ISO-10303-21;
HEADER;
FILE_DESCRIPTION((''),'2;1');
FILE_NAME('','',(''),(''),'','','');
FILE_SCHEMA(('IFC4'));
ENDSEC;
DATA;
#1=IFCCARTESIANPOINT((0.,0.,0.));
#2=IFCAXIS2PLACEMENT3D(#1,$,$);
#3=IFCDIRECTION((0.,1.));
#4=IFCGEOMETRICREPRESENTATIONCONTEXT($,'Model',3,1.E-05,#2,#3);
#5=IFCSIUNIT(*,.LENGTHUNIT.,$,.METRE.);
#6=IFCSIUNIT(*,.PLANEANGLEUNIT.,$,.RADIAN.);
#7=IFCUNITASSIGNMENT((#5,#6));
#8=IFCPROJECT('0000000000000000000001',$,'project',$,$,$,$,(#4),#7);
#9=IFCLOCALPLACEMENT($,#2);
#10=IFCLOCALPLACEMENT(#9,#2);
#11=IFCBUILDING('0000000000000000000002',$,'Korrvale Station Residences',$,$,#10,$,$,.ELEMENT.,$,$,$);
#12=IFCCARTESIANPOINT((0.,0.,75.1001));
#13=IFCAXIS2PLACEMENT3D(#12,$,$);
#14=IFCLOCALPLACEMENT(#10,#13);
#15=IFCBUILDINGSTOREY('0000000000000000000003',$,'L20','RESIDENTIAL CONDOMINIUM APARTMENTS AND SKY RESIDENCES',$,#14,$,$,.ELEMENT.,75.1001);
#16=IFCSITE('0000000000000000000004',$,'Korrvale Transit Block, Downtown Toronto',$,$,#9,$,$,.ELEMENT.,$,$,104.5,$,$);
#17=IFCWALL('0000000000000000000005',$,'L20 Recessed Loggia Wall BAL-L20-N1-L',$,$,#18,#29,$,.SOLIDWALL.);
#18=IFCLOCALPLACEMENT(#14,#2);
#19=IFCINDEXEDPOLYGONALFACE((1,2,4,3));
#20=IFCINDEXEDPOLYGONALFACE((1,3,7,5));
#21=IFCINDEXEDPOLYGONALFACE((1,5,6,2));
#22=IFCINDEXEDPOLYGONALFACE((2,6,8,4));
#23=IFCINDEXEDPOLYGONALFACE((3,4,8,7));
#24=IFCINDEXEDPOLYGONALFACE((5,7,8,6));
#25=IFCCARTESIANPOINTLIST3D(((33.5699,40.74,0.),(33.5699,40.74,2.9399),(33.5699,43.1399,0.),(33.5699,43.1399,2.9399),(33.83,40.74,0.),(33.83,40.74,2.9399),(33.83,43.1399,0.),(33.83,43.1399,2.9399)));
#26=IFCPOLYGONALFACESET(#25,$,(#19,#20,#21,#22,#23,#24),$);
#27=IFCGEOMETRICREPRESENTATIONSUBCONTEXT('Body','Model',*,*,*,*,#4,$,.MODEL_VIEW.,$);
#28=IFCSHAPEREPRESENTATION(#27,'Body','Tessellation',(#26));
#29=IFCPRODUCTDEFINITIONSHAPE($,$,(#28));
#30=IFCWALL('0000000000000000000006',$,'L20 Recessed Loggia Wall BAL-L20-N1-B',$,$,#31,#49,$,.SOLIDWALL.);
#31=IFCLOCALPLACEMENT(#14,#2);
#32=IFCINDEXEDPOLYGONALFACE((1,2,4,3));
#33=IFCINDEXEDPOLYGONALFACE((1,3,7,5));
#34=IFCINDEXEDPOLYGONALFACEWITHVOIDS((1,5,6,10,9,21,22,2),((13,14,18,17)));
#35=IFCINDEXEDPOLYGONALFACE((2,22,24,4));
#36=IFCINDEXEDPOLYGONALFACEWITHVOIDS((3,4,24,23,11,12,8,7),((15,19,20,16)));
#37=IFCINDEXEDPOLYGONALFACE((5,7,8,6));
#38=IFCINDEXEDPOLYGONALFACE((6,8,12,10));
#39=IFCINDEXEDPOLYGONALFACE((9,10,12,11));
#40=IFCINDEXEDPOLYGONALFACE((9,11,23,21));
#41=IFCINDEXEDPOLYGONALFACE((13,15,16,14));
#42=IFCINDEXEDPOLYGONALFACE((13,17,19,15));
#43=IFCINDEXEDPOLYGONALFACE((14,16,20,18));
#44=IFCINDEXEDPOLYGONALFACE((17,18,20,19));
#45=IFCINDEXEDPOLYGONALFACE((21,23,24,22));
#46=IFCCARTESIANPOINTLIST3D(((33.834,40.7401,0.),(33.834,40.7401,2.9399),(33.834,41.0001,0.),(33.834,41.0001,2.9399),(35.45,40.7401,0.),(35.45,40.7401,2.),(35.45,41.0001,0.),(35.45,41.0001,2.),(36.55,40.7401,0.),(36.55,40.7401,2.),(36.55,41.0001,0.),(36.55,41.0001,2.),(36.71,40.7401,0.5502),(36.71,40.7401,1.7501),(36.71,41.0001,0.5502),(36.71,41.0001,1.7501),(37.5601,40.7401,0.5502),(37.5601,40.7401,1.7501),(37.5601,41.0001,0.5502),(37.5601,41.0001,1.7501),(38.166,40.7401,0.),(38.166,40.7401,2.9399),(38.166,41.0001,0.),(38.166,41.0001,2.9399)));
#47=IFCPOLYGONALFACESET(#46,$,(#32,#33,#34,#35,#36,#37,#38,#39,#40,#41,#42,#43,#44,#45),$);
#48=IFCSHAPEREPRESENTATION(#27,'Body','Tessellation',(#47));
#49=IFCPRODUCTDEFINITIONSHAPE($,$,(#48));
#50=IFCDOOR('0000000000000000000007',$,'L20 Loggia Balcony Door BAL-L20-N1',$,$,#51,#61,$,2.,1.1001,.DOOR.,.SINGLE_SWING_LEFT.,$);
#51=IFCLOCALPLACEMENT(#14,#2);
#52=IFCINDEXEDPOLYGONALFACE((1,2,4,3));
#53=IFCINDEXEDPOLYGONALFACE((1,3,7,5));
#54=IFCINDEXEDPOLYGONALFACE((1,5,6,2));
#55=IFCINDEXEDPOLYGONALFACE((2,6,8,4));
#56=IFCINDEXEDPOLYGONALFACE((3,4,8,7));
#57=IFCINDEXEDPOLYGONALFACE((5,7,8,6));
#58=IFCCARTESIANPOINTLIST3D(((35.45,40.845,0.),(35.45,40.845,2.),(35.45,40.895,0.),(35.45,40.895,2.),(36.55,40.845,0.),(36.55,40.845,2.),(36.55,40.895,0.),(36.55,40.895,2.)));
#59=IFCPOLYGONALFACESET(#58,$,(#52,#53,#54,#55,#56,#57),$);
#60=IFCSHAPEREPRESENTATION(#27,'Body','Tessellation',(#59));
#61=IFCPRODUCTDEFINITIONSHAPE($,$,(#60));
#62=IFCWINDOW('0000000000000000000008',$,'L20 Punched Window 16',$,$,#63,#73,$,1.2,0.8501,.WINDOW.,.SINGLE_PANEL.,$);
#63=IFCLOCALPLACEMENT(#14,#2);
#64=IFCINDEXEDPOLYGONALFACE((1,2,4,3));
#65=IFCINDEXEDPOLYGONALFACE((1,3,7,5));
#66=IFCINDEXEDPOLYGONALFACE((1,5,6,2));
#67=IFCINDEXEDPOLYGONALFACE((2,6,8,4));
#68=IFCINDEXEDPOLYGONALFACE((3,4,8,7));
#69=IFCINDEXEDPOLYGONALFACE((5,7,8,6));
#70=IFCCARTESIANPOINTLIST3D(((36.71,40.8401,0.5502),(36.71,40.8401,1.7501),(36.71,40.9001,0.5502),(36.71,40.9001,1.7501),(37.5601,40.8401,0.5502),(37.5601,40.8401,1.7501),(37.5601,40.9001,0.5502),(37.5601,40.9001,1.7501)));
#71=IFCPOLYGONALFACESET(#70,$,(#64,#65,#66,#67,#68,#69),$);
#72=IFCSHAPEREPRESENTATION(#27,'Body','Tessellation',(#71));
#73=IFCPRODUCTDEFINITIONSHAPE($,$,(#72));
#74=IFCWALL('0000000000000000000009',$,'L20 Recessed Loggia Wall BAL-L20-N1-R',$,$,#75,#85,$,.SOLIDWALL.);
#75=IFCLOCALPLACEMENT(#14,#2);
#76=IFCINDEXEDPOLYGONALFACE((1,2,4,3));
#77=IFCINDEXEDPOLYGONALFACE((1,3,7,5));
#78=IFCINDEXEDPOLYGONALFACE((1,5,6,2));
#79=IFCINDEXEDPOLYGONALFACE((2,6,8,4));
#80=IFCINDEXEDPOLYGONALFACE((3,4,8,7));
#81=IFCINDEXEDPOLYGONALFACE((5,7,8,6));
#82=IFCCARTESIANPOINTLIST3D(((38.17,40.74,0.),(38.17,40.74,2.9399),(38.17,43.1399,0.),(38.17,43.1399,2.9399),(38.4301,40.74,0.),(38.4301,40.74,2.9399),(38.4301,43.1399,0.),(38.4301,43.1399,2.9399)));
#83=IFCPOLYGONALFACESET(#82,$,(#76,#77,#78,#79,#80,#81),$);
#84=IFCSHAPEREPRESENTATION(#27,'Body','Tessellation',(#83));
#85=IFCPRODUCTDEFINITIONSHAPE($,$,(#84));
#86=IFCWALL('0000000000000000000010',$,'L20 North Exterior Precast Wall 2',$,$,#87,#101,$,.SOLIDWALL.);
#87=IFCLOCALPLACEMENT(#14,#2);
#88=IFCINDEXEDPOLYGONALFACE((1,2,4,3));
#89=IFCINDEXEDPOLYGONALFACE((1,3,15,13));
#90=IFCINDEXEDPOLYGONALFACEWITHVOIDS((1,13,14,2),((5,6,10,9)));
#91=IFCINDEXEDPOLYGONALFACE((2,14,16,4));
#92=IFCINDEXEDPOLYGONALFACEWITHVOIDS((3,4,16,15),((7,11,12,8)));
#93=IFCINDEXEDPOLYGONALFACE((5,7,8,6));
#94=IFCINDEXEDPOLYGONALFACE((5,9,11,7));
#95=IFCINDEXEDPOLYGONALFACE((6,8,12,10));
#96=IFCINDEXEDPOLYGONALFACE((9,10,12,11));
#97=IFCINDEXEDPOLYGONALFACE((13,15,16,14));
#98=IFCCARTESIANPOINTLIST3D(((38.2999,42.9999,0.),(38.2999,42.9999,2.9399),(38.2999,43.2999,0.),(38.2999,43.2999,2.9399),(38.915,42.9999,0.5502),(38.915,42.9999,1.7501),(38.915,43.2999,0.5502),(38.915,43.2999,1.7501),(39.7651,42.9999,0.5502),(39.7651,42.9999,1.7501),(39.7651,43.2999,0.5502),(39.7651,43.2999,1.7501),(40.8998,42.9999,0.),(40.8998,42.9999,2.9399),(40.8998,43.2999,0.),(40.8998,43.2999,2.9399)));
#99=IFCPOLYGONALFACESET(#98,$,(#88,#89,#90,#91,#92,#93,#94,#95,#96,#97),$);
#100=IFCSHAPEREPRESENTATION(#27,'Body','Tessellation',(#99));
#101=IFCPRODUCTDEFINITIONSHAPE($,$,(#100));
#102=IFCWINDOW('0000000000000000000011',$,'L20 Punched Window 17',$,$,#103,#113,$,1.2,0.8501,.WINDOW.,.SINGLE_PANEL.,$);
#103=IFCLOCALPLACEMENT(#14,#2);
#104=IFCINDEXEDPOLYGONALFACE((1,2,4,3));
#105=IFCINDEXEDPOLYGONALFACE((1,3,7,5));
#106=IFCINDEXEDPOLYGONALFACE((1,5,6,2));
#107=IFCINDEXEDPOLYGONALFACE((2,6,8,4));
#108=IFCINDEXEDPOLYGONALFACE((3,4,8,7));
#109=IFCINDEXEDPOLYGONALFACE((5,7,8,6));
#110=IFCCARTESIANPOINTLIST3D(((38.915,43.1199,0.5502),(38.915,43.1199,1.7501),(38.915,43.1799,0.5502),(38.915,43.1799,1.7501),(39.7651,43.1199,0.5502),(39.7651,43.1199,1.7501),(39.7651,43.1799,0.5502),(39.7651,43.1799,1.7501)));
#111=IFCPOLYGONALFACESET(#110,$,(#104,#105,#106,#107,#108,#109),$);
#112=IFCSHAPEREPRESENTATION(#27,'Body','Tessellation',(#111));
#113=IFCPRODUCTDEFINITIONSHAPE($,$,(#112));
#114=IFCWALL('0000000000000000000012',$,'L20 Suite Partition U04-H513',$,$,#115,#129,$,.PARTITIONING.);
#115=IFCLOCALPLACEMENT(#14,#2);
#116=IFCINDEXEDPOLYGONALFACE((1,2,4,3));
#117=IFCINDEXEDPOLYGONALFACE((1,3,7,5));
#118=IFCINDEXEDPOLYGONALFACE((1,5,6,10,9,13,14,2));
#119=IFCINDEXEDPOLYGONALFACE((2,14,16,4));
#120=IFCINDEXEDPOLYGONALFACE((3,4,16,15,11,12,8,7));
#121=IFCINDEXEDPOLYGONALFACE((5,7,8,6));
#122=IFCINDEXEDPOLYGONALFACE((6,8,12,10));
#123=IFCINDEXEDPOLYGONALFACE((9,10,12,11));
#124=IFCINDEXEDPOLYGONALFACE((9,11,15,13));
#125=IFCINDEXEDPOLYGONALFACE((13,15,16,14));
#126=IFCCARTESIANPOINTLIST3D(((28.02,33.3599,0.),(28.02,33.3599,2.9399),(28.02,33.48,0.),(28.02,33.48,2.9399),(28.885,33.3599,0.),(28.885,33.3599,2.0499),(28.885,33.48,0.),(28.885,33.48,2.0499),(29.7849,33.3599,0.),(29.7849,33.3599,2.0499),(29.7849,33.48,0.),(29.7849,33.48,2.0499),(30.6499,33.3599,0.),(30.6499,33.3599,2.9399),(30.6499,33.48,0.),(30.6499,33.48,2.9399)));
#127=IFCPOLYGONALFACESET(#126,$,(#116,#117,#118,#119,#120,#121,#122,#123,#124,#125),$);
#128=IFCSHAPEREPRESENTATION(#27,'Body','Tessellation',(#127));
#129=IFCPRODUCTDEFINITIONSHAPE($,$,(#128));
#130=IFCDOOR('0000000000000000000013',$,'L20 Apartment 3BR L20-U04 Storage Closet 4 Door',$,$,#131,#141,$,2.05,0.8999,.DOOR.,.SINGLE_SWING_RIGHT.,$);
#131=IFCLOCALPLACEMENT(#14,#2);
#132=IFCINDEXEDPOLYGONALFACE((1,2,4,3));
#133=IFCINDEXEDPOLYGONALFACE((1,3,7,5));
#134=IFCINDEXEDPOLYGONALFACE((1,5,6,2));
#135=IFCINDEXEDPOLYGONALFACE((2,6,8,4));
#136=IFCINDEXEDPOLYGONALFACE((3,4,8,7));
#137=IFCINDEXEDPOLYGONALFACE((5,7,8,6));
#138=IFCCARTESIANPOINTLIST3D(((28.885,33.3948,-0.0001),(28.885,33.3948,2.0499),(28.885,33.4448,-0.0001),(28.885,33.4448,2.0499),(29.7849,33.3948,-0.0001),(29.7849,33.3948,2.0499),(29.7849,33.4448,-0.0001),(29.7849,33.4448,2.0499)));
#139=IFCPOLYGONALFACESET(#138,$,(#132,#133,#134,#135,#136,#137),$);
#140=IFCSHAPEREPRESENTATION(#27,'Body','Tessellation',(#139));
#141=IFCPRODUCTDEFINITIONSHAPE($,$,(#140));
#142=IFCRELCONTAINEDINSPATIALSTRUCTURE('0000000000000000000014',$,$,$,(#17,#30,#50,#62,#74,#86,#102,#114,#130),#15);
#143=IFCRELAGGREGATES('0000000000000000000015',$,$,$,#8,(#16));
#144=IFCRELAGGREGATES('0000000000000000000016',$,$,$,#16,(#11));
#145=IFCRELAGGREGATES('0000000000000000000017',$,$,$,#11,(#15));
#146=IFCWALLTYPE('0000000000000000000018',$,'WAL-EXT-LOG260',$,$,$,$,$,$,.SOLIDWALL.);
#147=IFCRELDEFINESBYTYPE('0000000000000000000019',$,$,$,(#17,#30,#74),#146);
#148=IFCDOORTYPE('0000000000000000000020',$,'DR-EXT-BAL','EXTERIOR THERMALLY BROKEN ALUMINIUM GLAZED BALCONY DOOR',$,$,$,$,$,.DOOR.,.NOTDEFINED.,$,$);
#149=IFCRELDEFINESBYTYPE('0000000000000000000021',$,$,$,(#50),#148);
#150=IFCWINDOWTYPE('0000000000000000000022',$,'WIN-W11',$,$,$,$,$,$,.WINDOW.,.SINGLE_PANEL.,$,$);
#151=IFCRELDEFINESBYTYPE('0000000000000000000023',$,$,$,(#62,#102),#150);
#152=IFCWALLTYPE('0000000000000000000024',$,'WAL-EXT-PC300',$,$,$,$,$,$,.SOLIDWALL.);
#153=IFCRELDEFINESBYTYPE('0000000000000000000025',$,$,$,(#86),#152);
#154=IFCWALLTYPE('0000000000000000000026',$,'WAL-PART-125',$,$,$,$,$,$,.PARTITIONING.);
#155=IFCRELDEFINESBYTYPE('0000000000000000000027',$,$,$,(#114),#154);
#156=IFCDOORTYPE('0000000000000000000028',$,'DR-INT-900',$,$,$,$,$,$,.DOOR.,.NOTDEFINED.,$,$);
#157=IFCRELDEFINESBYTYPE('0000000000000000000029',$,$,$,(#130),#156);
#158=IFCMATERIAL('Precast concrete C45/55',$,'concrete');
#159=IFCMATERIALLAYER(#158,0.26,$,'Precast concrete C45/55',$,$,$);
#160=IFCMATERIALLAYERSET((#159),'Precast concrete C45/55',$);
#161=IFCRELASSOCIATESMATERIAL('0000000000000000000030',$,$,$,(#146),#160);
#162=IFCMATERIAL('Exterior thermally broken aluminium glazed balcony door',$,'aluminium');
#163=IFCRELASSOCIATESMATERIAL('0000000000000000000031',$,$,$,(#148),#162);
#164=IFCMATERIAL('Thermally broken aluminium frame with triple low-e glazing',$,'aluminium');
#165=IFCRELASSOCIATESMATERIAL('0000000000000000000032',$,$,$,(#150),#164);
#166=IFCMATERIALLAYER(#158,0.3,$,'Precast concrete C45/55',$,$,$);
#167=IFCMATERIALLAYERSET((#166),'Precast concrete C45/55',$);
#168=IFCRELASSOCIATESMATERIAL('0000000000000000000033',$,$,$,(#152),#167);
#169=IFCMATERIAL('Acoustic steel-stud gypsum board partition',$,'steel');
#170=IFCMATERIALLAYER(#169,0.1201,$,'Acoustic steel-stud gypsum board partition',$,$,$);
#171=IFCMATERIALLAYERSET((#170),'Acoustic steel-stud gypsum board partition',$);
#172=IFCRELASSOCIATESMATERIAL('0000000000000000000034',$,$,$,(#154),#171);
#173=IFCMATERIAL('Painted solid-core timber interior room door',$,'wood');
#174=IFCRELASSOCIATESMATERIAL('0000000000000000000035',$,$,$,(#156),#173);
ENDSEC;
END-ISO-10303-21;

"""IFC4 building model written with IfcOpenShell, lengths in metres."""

from ifc_helpers import new_model, si_unit, direction, frame, frame_2d, origin, place, context, subcontext, project, spatial, rectangle, extrude, material, layer, layer_set, type_object, element, fill, save


model = new_model("IFC4")

# Units and contexts
model_context = context("Model", 3, precision=1e-05, world=origin(), true_north=direction((0.0, 1.0)))
body_context = subcontext(model_context, "Body", "Model", "MODEL_VIEW")
ifc_project = project(units=[si_unit("LENGTHUNIT", "METRE"), si_unit("PLANEANGLEUNIT", "RADIAN")], contexts=[model_context])

# Site, building, storey
site_placement = place(None, origin())
site = spatial("IfcSite", under=ifc_project, at=site_placement, Name="Korrvale Transit Block, Downtown Toronto", CompositionType="ELEMENT", RefElevation=104.5)
building_placement = place(site_placement, origin())
building = spatial("IfcBuilding", under=site, at=building_placement, Name="Korrvale Station Residences", CompositionType="ELEMENT")
storey_placement = place(building_placement, frame((0.0, 0.0, 75.1001)))
storey = spatial("IfcBuildingStorey", under=building, at=storey_placement, Name="L20", Description="RESIDENTIAL CONDOMINIUM APARTMENTS AND SKY RESIDENCES", CompositionType="ELEMENT", Elevation=75.1001)

# Wall
ifc_material_1 = material(Name="Precast concrete C45/55", Category="concrete")
ifc_layer_1 = layer(ifc_material_1, 0.26, Name="Precast concrete C45/55")
ifc_layer_set_1 = layer_set([ifc_layer_1], Name="Precast concrete C45/55")
wall_type_1 = type_object("IfcWallType", Name="WAL-EXT-LOG260", PredefinedType="SOLIDWALL", material=ifc_layer_set_1)
wall_1_placement = place(storey_placement, frame((33.7, 43.1399, 0.0), z_axis=(0.0, 0.0, 1.0), x_axis=(0.0, -1.0, 0.0)))
element("IfcWall", 1, at=wall_1_placement, inside=storey, type_object=wall_type_1, Name="L20 Recessed Loggia Wall BAL-L20-N1-L", PredefinedType="SOLIDWALL", context=body_context, shape_type="SweptSolid", body=[
    extrude(rectangle(XDim=2.3999, YDim=0.26, at=frame_2d((1.2, 0.0))), origin(), (0.0, 0.0, 1.0), 2.9399),
])

# Wall, openings, door, window
wall_2_placement = place(storey_placement, frame((33.834, 40.8701, 0.0), z_axis=(0.0, 0.0, 1.0), x_axis=(1.0, 0.0, 0.0)))
wall_2 = element("IfcWall", 2, at=wall_2_placement, inside=storey, type_object=wall_type_1, Name="L20 Recessed Loggia Wall BAL-L20-N1-B", PredefinedType="SOLIDWALL", context=body_context, shape_type="SweptSolid", body=[
    extrude(rectangle(XDim=4.332, YDim=0.26, at=frame_2d((2.166, 0.0))), origin(), (0.0, 0.0, 1.0), 2.9399),
])
opening_1_placement = place(wall_2_placement, frame((1.616, 0.0, 0.0)))
opening_1 = element("IfcOpeningElement", 3, at=opening_1_placement, cuts=wall_2, PredefinedType="OPENING", context=body_context, shape_type="SweptSolid", body=[
    extrude(rectangle(XDim=1.1001, YDim=2.0, at=frame_2d((0.55, 1.0))), frame((0.0, 0.1401, 0.0), z_axis=(0.0, -1.0, 0.0), x_axis=(1.0, 0.0, 0.0)), (0.0, 0.0, 1.0), 0.28),
])
opening_2_placement = place(wall_2_placement, frame((2.876, 0.0, 0.55)))
opening_2 = element("IfcOpeningElement", 4, at=opening_2_placement, cuts=wall_2, PredefinedType="OPENING", context=body_context, shape_type="SweptSolid", body=[
    extrude(rectangle(XDim=0.8501, YDim=1.2, at=frame_2d((0.425, 0.6001))), frame((0.0, 0.1401, 0.0), z_axis=(0.0, -1.0, 0.0), x_axis=(1.0, 0.0, 0.0)), (0.0, 0.0, 1.0), 0.28),
])
ifc_material_2 = material(Name="Exterior thermally broken aluminium glazed balcony door", Category="aluminium")
door_type_1 = type_object("IfcDoorType", Name="DR-EXT-BAL", Description="EXTERIOR THERMALLY BROKEN ALUMINIUM GLAZED BALCONY DOOR", OperationType="NOTDEFINED", PredefinedType="DOOR", material=ifc_material_2)
door_1_placement = place(opening_1_placement, origin())
door_1 = element("IfcDoor", 5, at=door_1_placement, inside=storey, type_object=door_type_1, Name="L20 Loggia Balcony Door BAL-L20-N1", OperationType="SINGLE_SWING_LEFT", OverallHeight=2.0, OverallWidth=1.1001, PredefinedType="DOOR", context=body_context, shape_type="SweptSolid", body=[
    extrude(rectangle(XDim=1.1001, YDim=2.0, at=frame_2d((0.55, 1.0))), frame((0.0, 0.0249, 0.0), z_axis=(0.0, -1.0, 0.0), x_axis=(1.0, 0.0, 0.0)), (0.0, 0.0, 1.0), 0.05),
])
fill(opening_1, door_1)
ifc_material_3 = material(Name="Thermally broken aluminium frame with triple low-e glazing", Category="aluminium")
window_type = type_object("IfcWindowType", Name="WIN-W11", PartitioningType="SINGLE_PANEL", PredefinedType="WINDOW", material=ifc_material_3)
window_1_placement = place(opening_2_placement, origin())
window_1 = element("IfcWindow", 6, at=window_1_placement, inside=storey, type_object=window_type, Name="L20 Punched Window 16", OverallHeight=1.2, OverallWidth=0.8501, PartitioningType="SINGLE_PANEL", PredefinedType="WINDOW", context=body_context, shape_type="SweptSolid", body=[
    extrude(rectangle(XDim=0.8501, YDim=1.2, at=frame_2d((0.425, 0.6001))), frame((0.0, 0.03, 0.0), z_axis=(0.0, -1.0, 0.0), x_axis=(1.0, 0.0, 0.0)), (0.0, 0.0, 1.0), 0.0601),
])
fill(opening_2, window_1)

# Wall
wall_3_placement = place(storey_placement, frame((38.3, 40.74, 0.0), z_axis=(0.0, 0.0, 1.0), x_axis=(0.0, 1.0, 0.0)))
element("IfcWall", 7, at=wall_3_placement, inside=storey, type_object=wall_type_1, Name="L20 Recessed Loggia Wall BAL-L20-N1-R", PredefinedType="SOLIDWALL", context=body_context, shape_type="SweptSolid", body=[
    extrude(rectangle(XDim=2.3999, YDim=0.26, at=frame_2d((1.2, 0.0))), origin(), (0.0, 0.0, 1.0), 2.9399),
])

# Wall, opening, window
ifc_layer_2 = layer(ifc_material_1, 0.3, Name="Precast concrete C45/55")
ifc_layer_set_2 = layer_set([ifc_layer_2], Name="Precast concrete C45/55")
wall_type_2 = type_object("IfcWallType", Name="WAL-EXT-PC300", PredefinedType="SOLIDWALL", material=ifc_layer_set_2)
wall_4_placement = place(storey_placement, frame((38.3, 43.1499, 0.0), z_axis=(0.0, 0.0, 1.0), x_axis=(1.0, 0.0, 0.0)))
wall_4 = element("IfcWall", 8, at=wall_4_placement, inside=storey, type_object=wall_type_2, Name="L20 North Exterior Precast Wall 2", PredefinedType="SOLIDWALL", context=body_context, shape_type="SweptSolid", body=[
    extrude(rectangle(XDim=2.5999, YDim=0.3, at=frame_2d((1.2998, 0.0))), origin(), (0.0, 0.0, 1.0), 2.9399),
])
opening_3_placement = place(wall_4_placement, frame((0.615, 0.0, 0.55)))
opening_3 = element("IfcOpeningElement", 9, at=opening_3_placement, cuts=wall_4, PredefinedType="OPENING", context=body_context, shape_type="SweptSolid", body=[
    extrude(rectangle(XDim=0.8501, YDim=1.2, at=frame_2d((0.425, 0.6001))), frame((0.0, 0.1602, 0.0), z_axis=(0.0, -1.0, 0.0), x_axis=(1.0, 0.0, 0.0)), (0.0, 0.0, 1.0), 0.3201),
])
window_2_placement = place(opening_3_placement, origin())
window_2 = element("IfcWindow", 10, at=window_2_placement, inside=storey, type_object=window_type, Name="L20 Punched Window 17", OverallHeight=1.2, OverallWidth=0.8501, PartitioningType="SINGLE_PANEL", PredefinedType="WINDOW", context=body_context, shape_type="SweptSolid", body=[
    extrude(rectangle(XDim=0.8501, YDim=1.2, at=frame_2d((0.425, 0.6001))), frame((0.0, 0.03, 0.0), z_axis=(0.0, -1.0, 0.0), x_axis=(1.0, 0.0, 0.0)), (0.0, 0.0, 1.0), 0.0601),
])
fill(opening_3, window_2)

# Wall, opening, door
ifc_material_4 = material(Name="Acoustic steel-stud gypsum board partition", Category="steel")
ifc_layer_3 = layer(ifc_material_4, 0.1201, Name="Acoustic steel-stud gypsum board partition")
ifc_layer_set_3 = layer_set([ifc_layer_3], Name="Acoustic steel-stud gypsum board partition")
wall_type_3 = type_object("IfcWallType", Name="WAL-PART-125", PredefinedType="PARTITIONING", material=ifc_layer_set_3)
wall_5_placement = place(storey_placement, frame((28.02, 33.4199, 0.0), z_axis=(0.0, 0.0, 1.0), x_axis=(1.0, 0.0, 0.0)))
wall_5 = element("IfcWall", 11, at=wall_5_placement, inside=storey, type_object=wall_type_3, Name="L20 Suite Partition U04-H513", PredefinedType="PARTITIONING", context=body_context, shape_type="SweptSolid", body=[
    extrude(rectangle(XDim=2.6299, YDim=0.1201, at=frame_2d((1.3149, 0.0))), origin(), (0.0, 0.0, 1.0), 2.9399),
])
opening_4_placement = place(wall_5_placement, frame((0.865, 0.0, 0.0)))
opening_4 = element("IfcOpeningElement", 12, at=opening_4_placement, cuts=wall_5, PredefinedType="OPENING", context=body_context, shape_type="SweptSolid", body=[
    extrude(rectangle(XDim=0.8999, YDim=2.05, at=frame_2d((0.45, 1.0249))), frame((0.0, 0.0701, 0.0), z_axis=(0.0, -1.0, 0.0), x_axis=(1.0, 0.0, 0.0)), (0.0, 0.0, 1.0), 0.1401),
])
ifc_material_5 = material(Name="Painted solid-core timber interior room door", Category="wood")
door_type_2 = type_object("IfcDoorType", Name="DR-INT-900", OperationType="NOTDEFINED", PredefinedType="DOOR", material=ifc_material_5)
door_2_placement = place(opening_4_placement, origin())
door_2 = element("IfcDoor", 13, at=door_2_placement, inside=storey, type_object=door_type_2, Name="L20 Apartment 3BR L20-U04 Storage Closet 4 Door", OperationType="SINGLE_SWING_RIGHT", OverallHeight=2.05, OverallWidth=0.8999, PredefinedType="DOOR", context=body_context, shape_type="SweptSolid", body=[
    extrude(rectangle(XDim=0.8999, YDim=2.05, at=frame_2d((0.45, 1.0249))), frame((0.0, 0.0249, 0.0), z_axis=(0.0, -1.0, 0.0), x_axis=(1.0, 0.0, 0.0)), (0.0, 0.0, 1.0), 0.05),
])
fill(opening_4, door_2)

save(model, "model.ifc")
